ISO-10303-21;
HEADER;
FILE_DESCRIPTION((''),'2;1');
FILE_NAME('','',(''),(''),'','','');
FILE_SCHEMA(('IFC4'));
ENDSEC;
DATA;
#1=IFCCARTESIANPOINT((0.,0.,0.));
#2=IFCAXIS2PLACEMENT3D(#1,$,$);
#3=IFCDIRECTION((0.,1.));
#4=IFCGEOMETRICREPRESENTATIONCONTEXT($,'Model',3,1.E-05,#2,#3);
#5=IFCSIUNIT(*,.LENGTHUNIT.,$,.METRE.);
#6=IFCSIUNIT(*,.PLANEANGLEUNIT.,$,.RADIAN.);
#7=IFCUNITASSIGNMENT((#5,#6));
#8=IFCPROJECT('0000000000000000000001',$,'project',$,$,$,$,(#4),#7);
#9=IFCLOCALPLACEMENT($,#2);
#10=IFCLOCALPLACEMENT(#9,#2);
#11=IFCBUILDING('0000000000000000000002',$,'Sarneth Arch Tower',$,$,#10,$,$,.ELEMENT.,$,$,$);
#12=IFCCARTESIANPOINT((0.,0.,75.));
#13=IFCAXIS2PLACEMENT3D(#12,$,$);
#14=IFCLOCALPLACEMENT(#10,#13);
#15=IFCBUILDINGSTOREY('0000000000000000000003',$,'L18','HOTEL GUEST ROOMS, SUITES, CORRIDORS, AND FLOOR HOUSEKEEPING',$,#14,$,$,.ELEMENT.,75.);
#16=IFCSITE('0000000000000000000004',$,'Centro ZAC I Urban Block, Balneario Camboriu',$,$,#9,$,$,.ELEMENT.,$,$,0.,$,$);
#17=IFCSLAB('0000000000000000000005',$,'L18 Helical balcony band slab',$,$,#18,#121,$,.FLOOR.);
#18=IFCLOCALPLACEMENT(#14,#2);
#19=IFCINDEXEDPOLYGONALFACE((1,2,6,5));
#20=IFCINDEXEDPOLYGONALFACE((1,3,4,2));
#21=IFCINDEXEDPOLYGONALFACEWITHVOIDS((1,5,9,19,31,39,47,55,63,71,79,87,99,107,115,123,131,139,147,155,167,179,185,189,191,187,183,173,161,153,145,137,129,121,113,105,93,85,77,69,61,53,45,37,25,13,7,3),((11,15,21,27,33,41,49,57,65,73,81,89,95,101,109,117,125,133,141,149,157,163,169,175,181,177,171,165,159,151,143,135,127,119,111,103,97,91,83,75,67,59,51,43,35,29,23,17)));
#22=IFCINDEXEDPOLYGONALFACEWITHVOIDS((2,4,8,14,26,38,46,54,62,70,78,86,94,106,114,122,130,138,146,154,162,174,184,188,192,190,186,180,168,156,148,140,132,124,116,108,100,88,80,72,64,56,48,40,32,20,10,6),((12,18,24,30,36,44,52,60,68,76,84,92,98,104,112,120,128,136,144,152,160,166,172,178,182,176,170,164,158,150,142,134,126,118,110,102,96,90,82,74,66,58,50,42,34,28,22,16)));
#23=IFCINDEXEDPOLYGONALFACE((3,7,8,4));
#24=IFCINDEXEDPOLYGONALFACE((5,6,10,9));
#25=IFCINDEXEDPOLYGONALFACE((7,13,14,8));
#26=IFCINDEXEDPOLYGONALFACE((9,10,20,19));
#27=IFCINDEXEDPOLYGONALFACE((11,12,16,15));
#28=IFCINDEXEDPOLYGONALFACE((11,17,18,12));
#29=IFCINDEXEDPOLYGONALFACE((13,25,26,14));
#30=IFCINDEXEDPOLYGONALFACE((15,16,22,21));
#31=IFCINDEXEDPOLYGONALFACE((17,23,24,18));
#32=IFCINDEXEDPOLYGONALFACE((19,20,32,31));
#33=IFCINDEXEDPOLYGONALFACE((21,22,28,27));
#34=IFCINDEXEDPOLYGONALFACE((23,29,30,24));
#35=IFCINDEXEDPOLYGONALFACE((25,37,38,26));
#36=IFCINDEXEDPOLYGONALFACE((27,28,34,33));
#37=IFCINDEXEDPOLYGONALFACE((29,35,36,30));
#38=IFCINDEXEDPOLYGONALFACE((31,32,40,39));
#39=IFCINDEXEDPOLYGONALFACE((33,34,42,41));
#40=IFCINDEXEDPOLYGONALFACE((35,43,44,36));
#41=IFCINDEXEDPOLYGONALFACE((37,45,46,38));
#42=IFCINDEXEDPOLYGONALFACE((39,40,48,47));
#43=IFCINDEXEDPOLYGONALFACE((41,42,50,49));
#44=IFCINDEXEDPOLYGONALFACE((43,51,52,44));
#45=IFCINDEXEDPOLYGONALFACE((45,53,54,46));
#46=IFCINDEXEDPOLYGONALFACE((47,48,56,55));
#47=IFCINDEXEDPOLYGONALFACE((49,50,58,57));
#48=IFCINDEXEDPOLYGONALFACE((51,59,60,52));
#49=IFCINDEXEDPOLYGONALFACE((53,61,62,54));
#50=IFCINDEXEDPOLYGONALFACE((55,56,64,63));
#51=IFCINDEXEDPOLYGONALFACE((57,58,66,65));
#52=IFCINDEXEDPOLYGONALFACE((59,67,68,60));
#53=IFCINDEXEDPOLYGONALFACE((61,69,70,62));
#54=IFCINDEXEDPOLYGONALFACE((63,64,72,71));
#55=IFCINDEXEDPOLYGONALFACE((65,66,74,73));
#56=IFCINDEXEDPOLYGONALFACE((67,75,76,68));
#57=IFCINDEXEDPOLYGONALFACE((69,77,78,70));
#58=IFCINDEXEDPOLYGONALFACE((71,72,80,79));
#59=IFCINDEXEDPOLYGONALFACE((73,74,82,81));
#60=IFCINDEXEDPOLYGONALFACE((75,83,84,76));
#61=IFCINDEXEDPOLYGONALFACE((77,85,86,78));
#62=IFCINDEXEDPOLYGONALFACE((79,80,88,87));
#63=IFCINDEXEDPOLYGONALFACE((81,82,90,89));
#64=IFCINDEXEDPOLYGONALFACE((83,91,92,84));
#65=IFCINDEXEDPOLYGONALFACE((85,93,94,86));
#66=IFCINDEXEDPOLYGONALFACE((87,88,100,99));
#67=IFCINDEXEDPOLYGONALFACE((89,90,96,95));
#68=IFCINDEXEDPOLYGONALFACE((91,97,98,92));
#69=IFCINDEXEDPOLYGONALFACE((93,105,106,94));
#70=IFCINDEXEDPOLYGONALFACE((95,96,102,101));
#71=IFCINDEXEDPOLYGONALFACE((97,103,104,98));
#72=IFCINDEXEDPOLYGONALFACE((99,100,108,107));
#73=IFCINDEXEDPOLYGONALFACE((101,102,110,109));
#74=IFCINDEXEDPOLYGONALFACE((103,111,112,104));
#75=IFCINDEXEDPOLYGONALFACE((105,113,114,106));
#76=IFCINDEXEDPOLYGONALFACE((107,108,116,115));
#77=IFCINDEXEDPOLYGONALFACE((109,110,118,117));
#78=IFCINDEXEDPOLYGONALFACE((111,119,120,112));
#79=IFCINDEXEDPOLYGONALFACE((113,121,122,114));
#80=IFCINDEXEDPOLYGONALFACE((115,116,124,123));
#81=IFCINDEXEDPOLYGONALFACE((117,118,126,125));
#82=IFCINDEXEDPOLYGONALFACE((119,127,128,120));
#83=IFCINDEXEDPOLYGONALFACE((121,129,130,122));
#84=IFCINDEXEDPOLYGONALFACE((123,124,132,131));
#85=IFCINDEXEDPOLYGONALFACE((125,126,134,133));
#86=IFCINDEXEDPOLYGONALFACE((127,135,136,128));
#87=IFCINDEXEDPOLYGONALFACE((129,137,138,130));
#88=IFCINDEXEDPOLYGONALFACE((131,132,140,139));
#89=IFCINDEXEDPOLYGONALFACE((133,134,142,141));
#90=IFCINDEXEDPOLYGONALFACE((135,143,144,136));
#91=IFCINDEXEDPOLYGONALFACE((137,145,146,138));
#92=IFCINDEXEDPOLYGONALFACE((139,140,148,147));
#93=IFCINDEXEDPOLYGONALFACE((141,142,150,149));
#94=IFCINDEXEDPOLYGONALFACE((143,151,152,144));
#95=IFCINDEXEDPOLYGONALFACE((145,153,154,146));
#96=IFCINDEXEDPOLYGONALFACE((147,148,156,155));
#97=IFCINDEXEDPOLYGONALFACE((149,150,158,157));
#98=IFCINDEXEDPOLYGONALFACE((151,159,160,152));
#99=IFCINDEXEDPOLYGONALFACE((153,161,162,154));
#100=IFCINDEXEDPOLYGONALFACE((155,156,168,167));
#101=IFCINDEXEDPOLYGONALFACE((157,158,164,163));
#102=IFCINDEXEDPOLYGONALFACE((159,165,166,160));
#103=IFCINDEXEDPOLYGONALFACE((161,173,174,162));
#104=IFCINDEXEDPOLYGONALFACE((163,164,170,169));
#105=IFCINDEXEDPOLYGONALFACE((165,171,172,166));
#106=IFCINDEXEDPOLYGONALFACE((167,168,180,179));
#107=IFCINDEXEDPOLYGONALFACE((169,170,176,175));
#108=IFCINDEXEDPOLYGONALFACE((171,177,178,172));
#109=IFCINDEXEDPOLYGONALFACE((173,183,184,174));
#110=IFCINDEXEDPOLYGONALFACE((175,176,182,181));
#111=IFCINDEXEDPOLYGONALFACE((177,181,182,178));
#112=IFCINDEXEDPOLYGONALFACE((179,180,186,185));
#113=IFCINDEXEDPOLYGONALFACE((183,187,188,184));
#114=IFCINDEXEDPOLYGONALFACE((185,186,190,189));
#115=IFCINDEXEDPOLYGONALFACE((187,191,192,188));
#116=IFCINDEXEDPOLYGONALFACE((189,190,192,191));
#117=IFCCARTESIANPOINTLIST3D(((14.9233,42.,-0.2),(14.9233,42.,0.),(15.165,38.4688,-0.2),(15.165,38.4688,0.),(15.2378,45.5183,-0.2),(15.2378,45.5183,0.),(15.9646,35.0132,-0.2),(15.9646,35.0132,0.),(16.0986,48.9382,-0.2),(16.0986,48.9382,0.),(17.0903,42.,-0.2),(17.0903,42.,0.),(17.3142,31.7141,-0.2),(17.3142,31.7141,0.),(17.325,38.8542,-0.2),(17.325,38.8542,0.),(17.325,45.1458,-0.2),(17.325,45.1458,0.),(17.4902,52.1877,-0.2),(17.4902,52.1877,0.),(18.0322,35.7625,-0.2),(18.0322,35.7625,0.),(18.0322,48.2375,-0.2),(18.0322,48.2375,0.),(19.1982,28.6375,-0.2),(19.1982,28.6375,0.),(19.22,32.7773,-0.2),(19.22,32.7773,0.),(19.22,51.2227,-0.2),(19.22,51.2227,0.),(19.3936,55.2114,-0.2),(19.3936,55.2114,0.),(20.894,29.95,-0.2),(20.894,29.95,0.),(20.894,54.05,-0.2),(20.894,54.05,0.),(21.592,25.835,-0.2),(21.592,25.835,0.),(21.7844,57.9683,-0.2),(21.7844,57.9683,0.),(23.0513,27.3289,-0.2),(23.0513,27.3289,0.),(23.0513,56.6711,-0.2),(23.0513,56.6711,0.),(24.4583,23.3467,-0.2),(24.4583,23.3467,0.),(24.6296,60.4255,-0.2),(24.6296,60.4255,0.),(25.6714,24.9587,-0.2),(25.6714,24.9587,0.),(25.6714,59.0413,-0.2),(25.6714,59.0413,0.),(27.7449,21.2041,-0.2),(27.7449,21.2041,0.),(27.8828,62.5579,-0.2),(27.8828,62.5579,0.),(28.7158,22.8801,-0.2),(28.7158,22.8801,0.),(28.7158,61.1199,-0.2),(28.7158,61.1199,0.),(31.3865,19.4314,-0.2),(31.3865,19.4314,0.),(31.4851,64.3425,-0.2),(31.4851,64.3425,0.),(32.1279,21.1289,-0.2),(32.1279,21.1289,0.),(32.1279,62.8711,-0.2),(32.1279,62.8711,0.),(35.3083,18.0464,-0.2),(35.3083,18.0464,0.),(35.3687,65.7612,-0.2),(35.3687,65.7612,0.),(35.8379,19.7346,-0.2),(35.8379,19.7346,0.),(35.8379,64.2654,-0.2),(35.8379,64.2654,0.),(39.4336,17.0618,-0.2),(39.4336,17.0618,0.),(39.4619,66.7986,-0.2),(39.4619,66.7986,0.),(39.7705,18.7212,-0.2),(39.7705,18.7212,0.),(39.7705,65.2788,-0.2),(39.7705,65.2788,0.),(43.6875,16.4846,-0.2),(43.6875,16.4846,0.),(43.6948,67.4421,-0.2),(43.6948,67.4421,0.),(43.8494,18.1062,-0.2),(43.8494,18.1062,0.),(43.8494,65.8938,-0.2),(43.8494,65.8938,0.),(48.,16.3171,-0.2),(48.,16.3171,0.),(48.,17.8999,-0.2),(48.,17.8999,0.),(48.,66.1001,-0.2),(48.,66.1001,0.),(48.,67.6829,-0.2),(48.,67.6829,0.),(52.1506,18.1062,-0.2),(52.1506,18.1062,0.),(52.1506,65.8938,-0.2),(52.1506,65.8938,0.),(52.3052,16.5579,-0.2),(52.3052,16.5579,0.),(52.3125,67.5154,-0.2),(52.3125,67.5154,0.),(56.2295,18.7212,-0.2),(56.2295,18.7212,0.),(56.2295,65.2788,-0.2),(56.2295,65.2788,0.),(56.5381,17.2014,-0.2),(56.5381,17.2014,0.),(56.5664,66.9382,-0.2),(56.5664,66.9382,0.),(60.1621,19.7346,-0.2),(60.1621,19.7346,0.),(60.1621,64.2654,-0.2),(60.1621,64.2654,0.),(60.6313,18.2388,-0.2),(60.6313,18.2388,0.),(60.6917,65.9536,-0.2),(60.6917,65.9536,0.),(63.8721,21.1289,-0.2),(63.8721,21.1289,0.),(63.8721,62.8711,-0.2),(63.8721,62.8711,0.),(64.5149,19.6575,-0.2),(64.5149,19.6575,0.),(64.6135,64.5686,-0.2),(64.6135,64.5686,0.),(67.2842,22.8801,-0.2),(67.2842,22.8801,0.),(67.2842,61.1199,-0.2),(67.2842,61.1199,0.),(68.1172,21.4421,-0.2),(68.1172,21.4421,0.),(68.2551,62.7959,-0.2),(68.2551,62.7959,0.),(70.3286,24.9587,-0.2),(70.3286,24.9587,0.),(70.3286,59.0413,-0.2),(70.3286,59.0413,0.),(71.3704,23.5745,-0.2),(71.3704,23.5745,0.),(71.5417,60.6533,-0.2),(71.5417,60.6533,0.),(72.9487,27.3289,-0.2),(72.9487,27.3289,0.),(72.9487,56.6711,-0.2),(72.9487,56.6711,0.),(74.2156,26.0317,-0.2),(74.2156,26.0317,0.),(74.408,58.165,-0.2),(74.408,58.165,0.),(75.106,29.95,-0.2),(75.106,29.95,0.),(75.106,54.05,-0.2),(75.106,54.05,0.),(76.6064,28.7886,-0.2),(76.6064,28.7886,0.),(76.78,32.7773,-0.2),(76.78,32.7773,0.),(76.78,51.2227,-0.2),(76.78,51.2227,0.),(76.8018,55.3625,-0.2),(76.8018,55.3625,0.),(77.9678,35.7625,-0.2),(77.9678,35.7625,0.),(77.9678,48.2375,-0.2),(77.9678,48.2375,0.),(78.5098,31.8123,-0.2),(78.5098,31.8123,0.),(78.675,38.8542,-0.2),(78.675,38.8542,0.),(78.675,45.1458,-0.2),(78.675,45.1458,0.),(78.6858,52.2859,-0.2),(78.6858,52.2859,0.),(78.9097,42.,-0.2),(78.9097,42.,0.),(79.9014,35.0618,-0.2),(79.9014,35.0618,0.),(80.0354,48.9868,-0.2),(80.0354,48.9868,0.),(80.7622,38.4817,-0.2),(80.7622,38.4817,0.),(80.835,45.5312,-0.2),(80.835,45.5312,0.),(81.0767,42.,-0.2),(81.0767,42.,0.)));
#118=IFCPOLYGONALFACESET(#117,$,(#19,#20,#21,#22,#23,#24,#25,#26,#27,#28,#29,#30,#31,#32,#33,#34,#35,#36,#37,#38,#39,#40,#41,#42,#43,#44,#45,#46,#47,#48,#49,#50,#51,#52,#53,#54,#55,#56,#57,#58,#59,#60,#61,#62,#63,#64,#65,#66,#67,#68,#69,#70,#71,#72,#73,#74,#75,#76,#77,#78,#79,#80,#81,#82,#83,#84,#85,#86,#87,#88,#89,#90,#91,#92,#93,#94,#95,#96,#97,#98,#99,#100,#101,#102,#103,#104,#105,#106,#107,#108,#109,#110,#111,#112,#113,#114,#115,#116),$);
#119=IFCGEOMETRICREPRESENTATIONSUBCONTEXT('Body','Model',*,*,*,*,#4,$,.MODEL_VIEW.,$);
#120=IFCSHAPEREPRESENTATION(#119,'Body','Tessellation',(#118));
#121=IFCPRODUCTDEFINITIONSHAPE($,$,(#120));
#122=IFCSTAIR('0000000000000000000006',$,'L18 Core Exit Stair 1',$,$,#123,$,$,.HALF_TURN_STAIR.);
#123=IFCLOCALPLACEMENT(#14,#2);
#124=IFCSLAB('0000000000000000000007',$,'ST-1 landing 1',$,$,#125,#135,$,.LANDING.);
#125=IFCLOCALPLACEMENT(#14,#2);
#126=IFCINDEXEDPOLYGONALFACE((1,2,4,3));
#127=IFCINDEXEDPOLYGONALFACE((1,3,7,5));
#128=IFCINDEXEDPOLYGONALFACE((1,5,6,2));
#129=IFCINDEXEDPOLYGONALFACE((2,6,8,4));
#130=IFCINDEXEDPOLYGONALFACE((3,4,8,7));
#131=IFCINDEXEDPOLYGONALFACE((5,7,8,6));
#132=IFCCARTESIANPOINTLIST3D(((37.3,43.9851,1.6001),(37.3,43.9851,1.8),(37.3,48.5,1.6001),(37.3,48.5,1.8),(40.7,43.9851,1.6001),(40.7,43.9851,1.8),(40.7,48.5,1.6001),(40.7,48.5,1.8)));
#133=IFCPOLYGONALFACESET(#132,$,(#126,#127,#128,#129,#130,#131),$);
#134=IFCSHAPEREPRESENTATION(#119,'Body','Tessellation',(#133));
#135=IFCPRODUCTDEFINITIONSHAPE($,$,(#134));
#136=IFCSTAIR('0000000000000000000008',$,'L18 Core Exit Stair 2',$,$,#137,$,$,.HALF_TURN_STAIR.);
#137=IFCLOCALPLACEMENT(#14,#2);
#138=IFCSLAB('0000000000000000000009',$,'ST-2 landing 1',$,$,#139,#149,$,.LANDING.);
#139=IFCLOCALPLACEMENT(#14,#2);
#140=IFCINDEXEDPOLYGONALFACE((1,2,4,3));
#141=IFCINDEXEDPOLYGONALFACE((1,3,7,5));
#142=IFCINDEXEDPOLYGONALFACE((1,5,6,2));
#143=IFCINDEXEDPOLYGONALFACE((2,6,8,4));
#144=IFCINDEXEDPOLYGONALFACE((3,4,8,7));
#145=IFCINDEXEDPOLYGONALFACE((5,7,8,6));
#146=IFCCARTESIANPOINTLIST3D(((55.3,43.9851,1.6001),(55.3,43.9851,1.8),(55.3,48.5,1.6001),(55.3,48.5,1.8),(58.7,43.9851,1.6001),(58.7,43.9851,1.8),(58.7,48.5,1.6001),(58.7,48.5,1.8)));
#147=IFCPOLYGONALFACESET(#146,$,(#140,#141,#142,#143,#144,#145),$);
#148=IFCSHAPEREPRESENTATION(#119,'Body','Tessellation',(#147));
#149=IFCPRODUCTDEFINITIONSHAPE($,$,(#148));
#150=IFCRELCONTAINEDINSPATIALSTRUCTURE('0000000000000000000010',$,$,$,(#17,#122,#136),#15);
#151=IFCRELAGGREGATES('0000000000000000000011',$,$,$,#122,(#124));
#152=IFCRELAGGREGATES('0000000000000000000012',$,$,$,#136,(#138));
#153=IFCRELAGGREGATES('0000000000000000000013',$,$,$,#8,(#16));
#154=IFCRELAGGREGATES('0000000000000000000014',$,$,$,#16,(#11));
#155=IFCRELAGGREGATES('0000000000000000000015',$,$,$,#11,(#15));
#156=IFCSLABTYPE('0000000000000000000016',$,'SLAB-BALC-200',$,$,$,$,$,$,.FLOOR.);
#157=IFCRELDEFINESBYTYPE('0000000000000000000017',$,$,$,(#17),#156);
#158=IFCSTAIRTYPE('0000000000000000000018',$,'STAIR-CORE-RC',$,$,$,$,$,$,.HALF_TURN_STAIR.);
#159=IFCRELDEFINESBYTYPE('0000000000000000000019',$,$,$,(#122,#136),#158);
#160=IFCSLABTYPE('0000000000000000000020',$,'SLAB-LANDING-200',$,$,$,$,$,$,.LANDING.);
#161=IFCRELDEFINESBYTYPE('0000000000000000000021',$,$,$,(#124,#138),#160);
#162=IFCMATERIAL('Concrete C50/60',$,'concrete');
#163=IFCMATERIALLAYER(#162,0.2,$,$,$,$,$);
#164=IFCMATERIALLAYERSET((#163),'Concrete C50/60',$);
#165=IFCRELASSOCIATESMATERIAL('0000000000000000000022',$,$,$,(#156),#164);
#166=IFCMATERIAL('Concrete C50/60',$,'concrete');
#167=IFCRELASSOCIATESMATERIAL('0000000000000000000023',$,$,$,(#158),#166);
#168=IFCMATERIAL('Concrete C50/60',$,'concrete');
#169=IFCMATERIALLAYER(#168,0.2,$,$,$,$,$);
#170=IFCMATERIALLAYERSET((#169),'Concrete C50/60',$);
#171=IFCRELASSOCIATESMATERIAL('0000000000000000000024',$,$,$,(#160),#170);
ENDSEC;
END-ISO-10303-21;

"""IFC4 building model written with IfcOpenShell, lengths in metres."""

from ifc_helpers import new_model, si_unit, direction, frame, origin, place, context, subcontext, project, spatial, polyline, outline, extrude, material, layer, layer_set, type_object, element, aggregate, save


model = new_model("IFC4")

# Units and contexts
model_context = context("Model", 3, precision=1e-05, world=origin(), true_north=direction((0.0, 1.0)))
body_context = subcontext(model_context, "Body", "Model", "MODEL_VIEW")
ifc_project = project(units=[si_unit("LENGTHUNIT", "METRE"), si_unit("PLANEANGLEUNIT", "RADIAN")], contexts=[model_context])

# Site, building, storey
site_placement = place(None, origin())
site = spatial("IfcSite", under=ifc_project, at=site_placement, Name="Centro ZAC I Urban Block, Balneario Camboriu", CompositionType="ELEMENT", RefElevation=0.0)
building_placement = place(site_placement, origin())
building = spatial("IfcBuilding", under=site, at=building_placement, Name="Sarneth Arch Tower", CompositionType="ELEMENT")
storey_placement = place(building_placement, frame((0.0, 0.0, 75.0)))
storey = spatial("IfcBuildingStorey", under=building, at=storey_placement, Name="L18", Description="HOTEL GUEST ROOMS, SUITES, CORRIDORS, AND FLOOR HOUSEKEEPING", CompositionType="ELEMENT", Elevation=75.0)

# Slab
ifc_material_1 = material(Name="Concrete C50/60", Category="concrete")
ifc_layer_1 = layer(ifc_material_1, 0.2)
ifc_layer_set_1 = layer_set([ifc_layer_1], Name="Concrete C50/60")
slab_type_1 = type_object("IfcSlabType", Name="SLAB-BALC-200", PredefinedType="FLOOR", material=ifc_layer_set_1)
slab_1_placement = place(storey_placement, frame((0.0, 0.0, -0.2)))
element("IfcSlab", 1, at=slab_1_placement, inside=storey, type_object=slab_type_1, Name="L18 Helical balcony band slab", PredefinedType="FLOOR", context=body_context, shape_type="SweptSolid", body=[
    extrude(outline(polyline([(81.0767, 42.0), (80.835, 45.5312), (80.0354, 48.9868), (78.6858, 52.2859), (76.8018, 55.3625), (74.408, 58.165), (71.5417, 60.6533), (68.2551, 62.7959), (64.6135, 64.5686), (60.6917, 65.9536), (56.5664, 66.9382), (52.3125, 67.5154), (48.0, 67.6829), (43.6948, 67.4421), (39.4619, 66.7986), (35.3687, 65.7612), (31.4851, 64.3425), (27.8828, 62.5579), (24.6296, 60.4255), (21.7844, 57.9683), (19.3936, 55.2114), (17.4902, 52.1877), (16.0986, 48.9382), (15.2378, 45.5183), (14.9233, 42.0), (15.165, 38.4688), (15.9646, 35.0132), (17.3142, 31.7141), (19.1982, 28.6375), (21.592, 25.835), (24.4583, 23.3467), (27.7449, 21.2041), (31.3865, 19.4314), (35.3083, 18.0464), (39.4336, 17.0618), (43.6875, 16.4846), (48.0, 16.3171), (52.3052, 16.5579), (56.5381, 17.2014), (60.6313, 18.2388), (64.5149, 19.6575), (68.1172, 21.4421), (71.3704, 23.5745), (74.2156, 26.0317), (76.6064, 28.7886), (78.5098, 31.8123), (79.9014, 35.0618), (80.7622, 38.4817), (81.0767, 42.0)]), holes=[polyline([(78.9097, 42.0), (78.675, 45.1458), (77.9678, 48.2375), (76.78, 51.2227), (75.106, 54.05), (72.9487, 56.6711), (70.3286, 59.0413), (67.2842, 61.1199), (63.8721, 62.8711), (60.1621, 64.2654), (56.2295, 65.2788), (52.1506, 65.8938), (48.0, 66.1001), (43.8494, 65.8938), (39.7705, 65.2788), (35.8379, 64.2654), (32.1279, 62.8711), (28.7158, 61.1199), (25.6714, 59.0413), (23.0513, 56.6711), (20.894, 54.05), (19.22, 51.2227), (18.0322, 48.2375), (17.325, 45.1458), (17.0903, 42.0), (17.325, 38.8542), (18.0322, 35.7625), (19.22, 32.7773), (20.894, 29.95), (23.0513, 27.3289), (25.6714, 24.9587), (28.7158, 22.8801), (32.1279, 21.1289), (35.8379, 19.7346), (39.7705, 18.7212), (43.8494, 18.1062), (48.0, 17.8999), (52.1506, 18.1062), (56.2295, 18.7212), (60.1621, 19.7346), (63.8721, 21.1289), (67.2842, 22.8801), (70.3286, 24.9587), (72.9487, 27.3289), (75.106, 29.95), (76.78, 32.7773), (77.9678, 35.7625), (78.675, 38.8542), (78.9097, 42.0)])]), origin(), (0.0, 0.0, 1.0), 0.2),
])

# Stairs, slabs
ifc_material_2 = material(Name="Concrete C50/60", Category="concrete")
stair_type = type_object("IfcStairType", Name="STAIR-CORE-RC", PredefinedType="HALF_TURN_STAIR", material=ifc_material_2)
stair_1_placement = place(storey_placement, origin())
stair_1 = element("IfcStair", 2, at=stair_1_placement, inside=storey, type_object=stair_type, Name="L18 Core Exit Stair 1", PredefinedType="HALF_TURN_STAIR")
ifc_material_3 = material(Name="Concrete C50/60", Category="concrete")
ifc_layer_2 = layer(ifc_material_3, 0.2)
ifc_layer_set_2 = layer_set([ifc_layer_2], Name="Concrete C50/60")
slab_type_2 = type_object("IfcSlabType", Name="SLAB-LANDING-200", PredefinedType="LANDING", material=ifc_layer_set_2)
slab_2_placement = place(storey_placement, frame((0.0, 0.0, 1.6001)))
slab_2 = element("IfcSlab", 3, at=slab_2_placement, type_object=slab_type_2, Name="ST-1 landing 1", PredefinedType="LANDING", context=body_context, shape_type="SweptSolid", body=[
    extrude(outline(polyline([(37.3, 43.9851), (40.7, 43.9851), (40.7, 48.5), (37.3, 48.5), (37.3, 43.9851)])), origin(), (0.0, 0.0, 1.0), 0.2),
])
aggregate(stair_1, [slab_2])
stair_2_placement = place(storey_placement, origin())
stair_2 = element("IfcStair", 4, at=stair_2_placement, inside=storey, type_object=stair_type, Name="L18 Core Exit Stair 2", PredefinedType="HALF_TURN_STAIR")
slab_3_placement = place(storey_placement, frame((0.0, 0.0, 1.6001)))
slab_3 = element("IfcSlab", 5, at=slab_3_placement, type_object=slab_type_2, Name="ST-2 landing 1", PredefinedType="LANDING", context=body_context, shape_type="SweptSolid", body=[
    extrude(outline(polyline([(55.3, 43.9851), (58.7, 43.9851), (58.7, 48.5), (55.3, 48.5), (55.3, 43.9851)])), origin(), (0.0, 0.0, 1.0), 0.2),
])
aggregate(stair_2, [slab_3])

save(model, "model.ifc")
